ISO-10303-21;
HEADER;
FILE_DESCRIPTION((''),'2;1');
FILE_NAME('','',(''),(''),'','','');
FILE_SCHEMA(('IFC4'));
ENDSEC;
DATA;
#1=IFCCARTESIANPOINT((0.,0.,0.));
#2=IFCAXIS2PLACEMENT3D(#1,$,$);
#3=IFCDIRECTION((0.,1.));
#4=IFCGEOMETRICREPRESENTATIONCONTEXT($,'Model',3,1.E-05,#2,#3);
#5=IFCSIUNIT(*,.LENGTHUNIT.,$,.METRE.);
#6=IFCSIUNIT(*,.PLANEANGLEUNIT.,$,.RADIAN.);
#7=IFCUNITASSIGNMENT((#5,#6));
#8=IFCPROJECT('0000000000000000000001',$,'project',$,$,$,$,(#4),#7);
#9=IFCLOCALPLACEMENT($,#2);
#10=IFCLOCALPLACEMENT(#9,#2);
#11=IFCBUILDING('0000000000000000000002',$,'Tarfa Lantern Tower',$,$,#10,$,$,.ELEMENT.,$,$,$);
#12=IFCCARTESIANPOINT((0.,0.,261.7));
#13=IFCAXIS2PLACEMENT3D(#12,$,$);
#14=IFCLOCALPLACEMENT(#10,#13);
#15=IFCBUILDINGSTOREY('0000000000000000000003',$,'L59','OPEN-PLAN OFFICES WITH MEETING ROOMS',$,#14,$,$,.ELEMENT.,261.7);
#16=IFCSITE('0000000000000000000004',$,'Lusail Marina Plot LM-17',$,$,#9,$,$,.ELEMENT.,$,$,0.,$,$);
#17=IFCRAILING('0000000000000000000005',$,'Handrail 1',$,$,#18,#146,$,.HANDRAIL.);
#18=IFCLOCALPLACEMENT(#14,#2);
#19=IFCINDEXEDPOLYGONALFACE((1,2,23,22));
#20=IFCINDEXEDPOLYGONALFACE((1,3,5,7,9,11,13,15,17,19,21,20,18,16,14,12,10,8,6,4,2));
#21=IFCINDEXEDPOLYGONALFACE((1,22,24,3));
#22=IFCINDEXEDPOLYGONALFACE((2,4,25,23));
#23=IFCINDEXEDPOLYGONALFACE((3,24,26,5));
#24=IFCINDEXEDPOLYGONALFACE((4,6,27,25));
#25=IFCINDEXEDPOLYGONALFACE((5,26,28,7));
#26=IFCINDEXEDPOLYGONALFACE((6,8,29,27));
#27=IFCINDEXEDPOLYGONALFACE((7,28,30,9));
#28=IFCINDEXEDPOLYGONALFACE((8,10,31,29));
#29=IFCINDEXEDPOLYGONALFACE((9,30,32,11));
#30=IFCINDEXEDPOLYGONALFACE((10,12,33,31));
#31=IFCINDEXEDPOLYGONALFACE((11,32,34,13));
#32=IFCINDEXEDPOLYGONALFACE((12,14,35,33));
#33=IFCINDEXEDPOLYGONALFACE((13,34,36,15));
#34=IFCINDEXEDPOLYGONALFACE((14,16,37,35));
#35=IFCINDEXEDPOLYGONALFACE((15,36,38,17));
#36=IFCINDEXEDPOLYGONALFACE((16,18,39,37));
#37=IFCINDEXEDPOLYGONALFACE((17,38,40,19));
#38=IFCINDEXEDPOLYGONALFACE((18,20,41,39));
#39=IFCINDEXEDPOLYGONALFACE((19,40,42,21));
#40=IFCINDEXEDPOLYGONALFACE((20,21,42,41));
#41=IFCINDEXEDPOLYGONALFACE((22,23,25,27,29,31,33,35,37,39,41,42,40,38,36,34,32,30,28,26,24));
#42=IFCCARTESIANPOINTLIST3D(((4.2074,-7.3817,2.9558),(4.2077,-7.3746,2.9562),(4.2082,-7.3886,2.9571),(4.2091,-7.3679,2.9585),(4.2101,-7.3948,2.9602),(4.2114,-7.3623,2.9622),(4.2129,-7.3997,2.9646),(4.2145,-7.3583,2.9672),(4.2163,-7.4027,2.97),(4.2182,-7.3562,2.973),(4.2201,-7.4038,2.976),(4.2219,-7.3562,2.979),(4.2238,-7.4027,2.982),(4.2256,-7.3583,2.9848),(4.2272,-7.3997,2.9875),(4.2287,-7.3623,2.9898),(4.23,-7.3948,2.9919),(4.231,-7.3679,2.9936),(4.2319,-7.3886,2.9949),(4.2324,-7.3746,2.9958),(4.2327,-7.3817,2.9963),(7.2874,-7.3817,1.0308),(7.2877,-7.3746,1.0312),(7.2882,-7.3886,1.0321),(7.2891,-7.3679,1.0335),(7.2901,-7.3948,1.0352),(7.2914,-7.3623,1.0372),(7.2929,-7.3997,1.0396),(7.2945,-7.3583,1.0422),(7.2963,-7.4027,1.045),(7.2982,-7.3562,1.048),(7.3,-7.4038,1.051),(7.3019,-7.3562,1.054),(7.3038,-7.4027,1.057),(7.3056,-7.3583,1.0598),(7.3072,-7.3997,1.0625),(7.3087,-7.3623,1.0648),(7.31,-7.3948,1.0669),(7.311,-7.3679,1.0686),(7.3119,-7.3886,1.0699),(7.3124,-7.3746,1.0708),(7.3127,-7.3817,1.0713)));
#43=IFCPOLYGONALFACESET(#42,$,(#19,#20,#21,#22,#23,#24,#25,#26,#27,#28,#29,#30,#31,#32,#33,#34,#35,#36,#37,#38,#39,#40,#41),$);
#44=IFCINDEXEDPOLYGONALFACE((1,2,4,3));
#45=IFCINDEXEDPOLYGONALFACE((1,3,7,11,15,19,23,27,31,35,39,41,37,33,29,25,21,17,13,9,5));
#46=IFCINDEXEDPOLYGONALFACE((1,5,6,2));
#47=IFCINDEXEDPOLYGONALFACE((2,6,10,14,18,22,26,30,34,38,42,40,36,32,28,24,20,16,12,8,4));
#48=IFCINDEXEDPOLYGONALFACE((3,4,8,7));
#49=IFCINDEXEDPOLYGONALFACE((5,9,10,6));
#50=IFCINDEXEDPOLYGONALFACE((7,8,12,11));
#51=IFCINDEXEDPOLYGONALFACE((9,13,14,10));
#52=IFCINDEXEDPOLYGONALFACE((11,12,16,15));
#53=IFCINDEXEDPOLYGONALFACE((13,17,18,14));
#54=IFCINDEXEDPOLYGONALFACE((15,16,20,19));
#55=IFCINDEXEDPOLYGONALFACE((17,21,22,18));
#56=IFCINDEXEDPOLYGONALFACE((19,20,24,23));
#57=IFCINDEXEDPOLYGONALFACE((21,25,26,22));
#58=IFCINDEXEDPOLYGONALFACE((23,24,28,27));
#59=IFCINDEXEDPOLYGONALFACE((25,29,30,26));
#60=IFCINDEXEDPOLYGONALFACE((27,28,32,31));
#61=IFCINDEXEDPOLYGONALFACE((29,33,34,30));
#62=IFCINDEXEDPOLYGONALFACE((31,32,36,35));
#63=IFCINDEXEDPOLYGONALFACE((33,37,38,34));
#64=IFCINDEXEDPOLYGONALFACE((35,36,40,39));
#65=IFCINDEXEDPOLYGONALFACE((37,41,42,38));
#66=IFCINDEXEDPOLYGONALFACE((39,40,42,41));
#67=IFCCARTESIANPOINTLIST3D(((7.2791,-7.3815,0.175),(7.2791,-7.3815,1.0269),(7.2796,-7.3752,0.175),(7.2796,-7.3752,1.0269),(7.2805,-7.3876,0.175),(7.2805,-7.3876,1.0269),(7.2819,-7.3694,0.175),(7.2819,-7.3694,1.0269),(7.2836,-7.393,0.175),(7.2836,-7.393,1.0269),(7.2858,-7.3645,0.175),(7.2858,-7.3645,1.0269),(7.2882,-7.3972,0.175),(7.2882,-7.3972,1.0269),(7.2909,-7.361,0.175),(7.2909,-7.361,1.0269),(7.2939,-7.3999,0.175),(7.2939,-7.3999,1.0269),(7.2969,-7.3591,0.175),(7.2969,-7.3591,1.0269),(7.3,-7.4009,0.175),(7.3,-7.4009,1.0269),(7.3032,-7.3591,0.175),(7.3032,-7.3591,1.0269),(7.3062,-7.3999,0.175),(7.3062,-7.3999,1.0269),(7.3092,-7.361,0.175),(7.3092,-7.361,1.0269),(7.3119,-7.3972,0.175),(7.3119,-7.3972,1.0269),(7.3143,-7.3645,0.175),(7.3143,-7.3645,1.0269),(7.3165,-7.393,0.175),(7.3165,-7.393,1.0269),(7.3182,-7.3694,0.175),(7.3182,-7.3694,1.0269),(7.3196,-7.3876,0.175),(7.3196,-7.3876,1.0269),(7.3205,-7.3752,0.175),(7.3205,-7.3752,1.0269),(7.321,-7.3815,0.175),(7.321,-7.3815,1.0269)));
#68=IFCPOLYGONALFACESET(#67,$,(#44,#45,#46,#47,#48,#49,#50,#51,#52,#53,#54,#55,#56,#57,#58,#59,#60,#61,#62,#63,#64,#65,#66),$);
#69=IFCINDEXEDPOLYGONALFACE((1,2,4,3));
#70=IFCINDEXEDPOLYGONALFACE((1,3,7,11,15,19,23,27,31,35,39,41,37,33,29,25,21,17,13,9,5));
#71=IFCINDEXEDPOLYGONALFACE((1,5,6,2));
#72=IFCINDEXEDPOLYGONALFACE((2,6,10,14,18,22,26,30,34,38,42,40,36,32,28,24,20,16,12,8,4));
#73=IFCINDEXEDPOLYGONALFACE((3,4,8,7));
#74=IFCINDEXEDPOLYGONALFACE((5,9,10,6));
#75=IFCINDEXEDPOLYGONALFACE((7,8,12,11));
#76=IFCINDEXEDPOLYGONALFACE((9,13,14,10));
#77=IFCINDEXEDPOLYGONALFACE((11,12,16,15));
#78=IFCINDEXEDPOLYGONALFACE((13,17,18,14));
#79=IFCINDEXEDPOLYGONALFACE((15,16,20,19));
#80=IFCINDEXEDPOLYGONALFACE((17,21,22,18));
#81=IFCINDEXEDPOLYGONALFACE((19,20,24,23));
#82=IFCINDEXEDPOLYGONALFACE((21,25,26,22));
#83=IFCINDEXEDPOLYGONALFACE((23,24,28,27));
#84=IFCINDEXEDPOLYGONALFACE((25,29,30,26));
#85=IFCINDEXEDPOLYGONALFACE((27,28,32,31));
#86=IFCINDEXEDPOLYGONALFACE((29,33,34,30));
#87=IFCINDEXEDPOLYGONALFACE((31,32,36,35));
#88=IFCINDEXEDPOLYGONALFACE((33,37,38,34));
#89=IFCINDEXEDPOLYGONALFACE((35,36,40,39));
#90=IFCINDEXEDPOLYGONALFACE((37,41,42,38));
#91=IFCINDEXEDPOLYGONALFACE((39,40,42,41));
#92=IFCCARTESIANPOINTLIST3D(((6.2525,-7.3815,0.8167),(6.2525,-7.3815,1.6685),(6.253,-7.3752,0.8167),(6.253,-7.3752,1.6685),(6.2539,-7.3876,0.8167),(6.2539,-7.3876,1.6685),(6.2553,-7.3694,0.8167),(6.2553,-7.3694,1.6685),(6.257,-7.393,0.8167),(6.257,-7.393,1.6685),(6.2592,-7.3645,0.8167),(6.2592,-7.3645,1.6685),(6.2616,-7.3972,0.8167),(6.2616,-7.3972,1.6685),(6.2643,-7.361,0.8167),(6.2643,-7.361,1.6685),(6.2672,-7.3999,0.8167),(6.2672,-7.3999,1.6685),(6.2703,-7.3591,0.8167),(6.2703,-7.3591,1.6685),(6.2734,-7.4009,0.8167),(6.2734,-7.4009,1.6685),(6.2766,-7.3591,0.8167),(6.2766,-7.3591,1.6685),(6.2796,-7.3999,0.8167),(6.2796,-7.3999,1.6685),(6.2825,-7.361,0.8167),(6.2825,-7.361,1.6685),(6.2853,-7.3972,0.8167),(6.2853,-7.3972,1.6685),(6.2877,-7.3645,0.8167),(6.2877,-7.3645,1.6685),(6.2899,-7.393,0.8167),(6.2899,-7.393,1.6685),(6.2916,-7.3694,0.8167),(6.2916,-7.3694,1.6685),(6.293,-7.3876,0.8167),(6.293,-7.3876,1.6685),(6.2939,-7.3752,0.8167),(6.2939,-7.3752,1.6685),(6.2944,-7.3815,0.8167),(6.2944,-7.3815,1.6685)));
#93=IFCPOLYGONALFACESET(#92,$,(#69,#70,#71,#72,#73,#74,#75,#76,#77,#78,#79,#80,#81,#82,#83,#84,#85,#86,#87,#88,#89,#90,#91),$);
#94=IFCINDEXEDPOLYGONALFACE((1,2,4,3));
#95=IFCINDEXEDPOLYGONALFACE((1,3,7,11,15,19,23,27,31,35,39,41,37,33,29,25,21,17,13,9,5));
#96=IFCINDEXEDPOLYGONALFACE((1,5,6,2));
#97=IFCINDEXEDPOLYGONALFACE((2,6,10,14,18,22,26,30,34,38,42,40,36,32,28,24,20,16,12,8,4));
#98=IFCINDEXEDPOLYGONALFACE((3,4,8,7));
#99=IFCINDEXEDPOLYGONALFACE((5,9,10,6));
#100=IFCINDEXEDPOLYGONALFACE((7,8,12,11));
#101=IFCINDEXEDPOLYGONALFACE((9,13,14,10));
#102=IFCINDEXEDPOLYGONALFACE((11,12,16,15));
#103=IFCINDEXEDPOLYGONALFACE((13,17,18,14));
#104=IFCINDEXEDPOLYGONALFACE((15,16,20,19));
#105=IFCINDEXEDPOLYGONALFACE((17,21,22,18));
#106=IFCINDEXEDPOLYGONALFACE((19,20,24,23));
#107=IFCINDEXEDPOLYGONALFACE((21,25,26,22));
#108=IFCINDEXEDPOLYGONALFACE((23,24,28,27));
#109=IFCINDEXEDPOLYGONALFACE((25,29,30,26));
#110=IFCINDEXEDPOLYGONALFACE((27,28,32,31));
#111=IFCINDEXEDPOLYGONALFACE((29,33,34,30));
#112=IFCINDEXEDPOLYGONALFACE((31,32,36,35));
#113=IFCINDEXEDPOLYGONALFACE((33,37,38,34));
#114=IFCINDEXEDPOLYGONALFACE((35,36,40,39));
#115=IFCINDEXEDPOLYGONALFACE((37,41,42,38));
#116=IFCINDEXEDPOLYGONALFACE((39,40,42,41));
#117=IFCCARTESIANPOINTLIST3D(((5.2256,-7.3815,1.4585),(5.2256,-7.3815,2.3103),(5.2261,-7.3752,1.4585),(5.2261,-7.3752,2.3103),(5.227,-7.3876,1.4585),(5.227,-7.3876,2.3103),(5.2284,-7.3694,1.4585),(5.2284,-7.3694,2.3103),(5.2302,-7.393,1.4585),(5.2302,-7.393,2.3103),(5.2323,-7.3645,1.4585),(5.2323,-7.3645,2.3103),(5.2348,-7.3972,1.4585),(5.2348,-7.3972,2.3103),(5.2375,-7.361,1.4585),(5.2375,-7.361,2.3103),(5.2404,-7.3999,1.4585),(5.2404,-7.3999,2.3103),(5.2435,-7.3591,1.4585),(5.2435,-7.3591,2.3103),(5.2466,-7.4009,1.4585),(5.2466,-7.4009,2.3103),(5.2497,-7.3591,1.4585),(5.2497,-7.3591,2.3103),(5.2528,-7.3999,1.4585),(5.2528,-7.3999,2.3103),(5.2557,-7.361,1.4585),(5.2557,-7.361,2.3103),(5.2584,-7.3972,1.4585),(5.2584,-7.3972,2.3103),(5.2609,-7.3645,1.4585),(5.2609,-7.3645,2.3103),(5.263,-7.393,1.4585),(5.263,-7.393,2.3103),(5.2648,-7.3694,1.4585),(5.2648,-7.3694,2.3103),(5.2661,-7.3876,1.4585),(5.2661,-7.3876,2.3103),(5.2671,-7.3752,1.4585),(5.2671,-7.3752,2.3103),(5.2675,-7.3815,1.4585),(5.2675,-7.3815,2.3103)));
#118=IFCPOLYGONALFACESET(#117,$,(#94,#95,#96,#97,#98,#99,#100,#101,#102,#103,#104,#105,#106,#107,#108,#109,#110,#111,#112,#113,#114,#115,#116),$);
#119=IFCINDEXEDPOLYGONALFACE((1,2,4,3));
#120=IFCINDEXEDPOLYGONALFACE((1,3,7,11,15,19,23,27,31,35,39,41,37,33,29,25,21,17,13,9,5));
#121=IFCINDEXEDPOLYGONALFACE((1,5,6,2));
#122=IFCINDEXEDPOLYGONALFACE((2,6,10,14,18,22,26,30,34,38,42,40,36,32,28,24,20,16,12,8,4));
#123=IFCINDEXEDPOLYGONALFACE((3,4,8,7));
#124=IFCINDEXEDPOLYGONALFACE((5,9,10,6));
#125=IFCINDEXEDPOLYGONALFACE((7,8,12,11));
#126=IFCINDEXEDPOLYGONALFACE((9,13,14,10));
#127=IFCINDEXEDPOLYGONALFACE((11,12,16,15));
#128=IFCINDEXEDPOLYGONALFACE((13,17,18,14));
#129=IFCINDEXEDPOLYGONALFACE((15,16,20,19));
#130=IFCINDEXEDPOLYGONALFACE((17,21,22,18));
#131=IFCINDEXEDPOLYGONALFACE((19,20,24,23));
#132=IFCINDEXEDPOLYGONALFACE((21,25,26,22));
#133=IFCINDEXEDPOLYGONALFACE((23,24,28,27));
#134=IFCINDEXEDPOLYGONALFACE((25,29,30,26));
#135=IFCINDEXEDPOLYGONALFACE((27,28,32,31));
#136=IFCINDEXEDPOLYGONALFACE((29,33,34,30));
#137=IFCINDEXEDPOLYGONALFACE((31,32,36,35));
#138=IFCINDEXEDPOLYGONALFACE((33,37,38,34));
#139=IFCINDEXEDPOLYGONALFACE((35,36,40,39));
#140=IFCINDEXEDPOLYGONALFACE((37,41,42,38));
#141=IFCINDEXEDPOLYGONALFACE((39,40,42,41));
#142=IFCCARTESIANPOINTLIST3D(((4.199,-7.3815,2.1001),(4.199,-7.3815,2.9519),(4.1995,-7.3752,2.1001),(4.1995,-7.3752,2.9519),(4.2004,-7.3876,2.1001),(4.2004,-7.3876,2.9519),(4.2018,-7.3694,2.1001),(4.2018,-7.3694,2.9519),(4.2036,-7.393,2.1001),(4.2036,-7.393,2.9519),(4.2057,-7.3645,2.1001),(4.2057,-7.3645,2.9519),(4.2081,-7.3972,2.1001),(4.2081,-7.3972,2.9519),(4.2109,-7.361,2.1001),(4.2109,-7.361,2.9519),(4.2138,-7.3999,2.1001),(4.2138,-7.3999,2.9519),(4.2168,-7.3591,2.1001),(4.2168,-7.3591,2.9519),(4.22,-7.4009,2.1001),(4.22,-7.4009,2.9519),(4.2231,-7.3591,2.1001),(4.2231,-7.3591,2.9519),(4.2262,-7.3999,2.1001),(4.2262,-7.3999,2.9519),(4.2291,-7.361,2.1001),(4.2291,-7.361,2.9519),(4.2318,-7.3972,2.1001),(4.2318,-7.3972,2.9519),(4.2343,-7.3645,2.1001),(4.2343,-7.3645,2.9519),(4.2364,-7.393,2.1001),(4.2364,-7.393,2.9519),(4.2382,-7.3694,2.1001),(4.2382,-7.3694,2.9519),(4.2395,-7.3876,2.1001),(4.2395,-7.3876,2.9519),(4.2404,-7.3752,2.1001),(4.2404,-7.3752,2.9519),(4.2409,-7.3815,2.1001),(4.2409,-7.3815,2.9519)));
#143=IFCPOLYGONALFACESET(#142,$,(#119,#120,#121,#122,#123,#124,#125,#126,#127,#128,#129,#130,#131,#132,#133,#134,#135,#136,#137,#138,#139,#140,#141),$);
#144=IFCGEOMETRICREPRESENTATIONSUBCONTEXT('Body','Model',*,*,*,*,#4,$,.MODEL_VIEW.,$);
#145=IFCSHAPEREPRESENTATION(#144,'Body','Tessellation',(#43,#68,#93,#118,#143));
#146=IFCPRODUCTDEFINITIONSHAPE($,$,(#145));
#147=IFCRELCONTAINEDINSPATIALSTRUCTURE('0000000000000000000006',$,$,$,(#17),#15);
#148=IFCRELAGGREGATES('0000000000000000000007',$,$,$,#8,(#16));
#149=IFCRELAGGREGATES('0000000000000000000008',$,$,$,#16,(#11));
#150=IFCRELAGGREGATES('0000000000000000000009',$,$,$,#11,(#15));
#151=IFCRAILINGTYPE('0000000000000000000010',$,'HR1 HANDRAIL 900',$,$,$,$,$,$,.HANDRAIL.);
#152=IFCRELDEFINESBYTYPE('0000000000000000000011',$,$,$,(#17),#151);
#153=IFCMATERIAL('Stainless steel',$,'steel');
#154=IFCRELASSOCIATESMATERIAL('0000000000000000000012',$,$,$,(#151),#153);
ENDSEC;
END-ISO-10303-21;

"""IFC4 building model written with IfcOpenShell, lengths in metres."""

from ifc_helpers import new_model, si_unit, direction, frame, origin, origin_2d, place, context, subcontext, project, spatial, circle, extrude, material, type_object, element, save


model = new_model("IFC4")

# Units and contexts
model_context = context("Model", 3, precision=1e-05, world=origin(), true_north=direction((0.0, 1.0)))
body_context = subcontext(model_context, "Body", "Model", "MODEL_VIEW")
ifc_project = project(units=[si_unit("LENGTHUNIT", "METRE"), si_unit("PLANEANGLEUNIT", "RADIAN")], contexts=[model_context])

# Site, building, storey
site_placement = place(None, origin())
site = spatial("IfcSite", under=ifc_project, at=site_placement, Name="Lusail Marina Plot LM-17", CompositionType="ELEMENT", RefElevation=0.0)
building_placement = place(site_placement, origin())
building = spatial("IfcBuilding", under=site, at=building_placement, Name="Tarfa Lantern Tower", CompositionType="ELEMENT")
storey_placement = place(building_placement, frame((0.0, 0.0, 261.7)))
storey = spatial("IfcBuildingStorey", under=building, at=storey_placement, Name="L59", Description="OPEN-PLAN OFFICES WITH MEETING ROOMS", CompositionType="ELEMENT", Elevation=261.7)

# Railing
ifc_material_1 = material(Name="Stainless steel", Category="steel")
railing_type = type_object("IfcRailingType", Name="HR1 HANDRAIL 900", PredefinedType="HANDRAIL", material=ifc_material_1)
railing_placement = place(storey_placement, frame((7.3, -7.3799, 0.175)))
element("IfcRailing", 1, at=railing_placement, inside=storey, type_object=railing_type, Name="Handrail 1", PredefinedType="HANDRAIL", context=body_context, shape_type="SweptSolid", body=[
    extrude(circle(Radius=0.0239, at=origin_2d()), frame((0.0, 0.0, 0.876), z_axis=(-0.847998, 0.0, 0.529999), x_axis=(0.0, -1.0, 0.0)), (0.0, 0.0, 1.0), 3.6321),
    extrude(circle(Radius=0.021, at=origin_2d()), frame((0.0, 0.0, 0.0), z_axis=(0.0, 0.0, 1.0), x_axis=(0.0, -1.0, 0.0)), (0.0, 0.0, 1.0), 0.8518),
    extrude(circle(Radius=0.021, at=origin_2d()), frame((-1.0266, 0.0, 0.6416), z_axis=(0.0, 0.0, 1.0), x_axis=(0.0, -1.0, 0.0)), (0.0, 0.0, 1.0), 0.8518),
    extrude(circle(Radius=0.021, at=origin_2d()), frame((-2.0535, 0.0, 1.2834), z_axis=(0.0, 0.0, 1.0), x_axis=(0.0, -1.0, 0.0)), (0.0, 0.0, 1.0), 0.8518),
    extrude(circle(Radius=0.021, at=origin_2d()), frame((-3.0801, 0.0, 1.925), z_axis=(0.0, 0.0, 1.0), x_axis=(0.0, -1.0, 0.0)), (0.0, 0.0, 1.0), 0.8518),
])

save(model, "model.ifc")
